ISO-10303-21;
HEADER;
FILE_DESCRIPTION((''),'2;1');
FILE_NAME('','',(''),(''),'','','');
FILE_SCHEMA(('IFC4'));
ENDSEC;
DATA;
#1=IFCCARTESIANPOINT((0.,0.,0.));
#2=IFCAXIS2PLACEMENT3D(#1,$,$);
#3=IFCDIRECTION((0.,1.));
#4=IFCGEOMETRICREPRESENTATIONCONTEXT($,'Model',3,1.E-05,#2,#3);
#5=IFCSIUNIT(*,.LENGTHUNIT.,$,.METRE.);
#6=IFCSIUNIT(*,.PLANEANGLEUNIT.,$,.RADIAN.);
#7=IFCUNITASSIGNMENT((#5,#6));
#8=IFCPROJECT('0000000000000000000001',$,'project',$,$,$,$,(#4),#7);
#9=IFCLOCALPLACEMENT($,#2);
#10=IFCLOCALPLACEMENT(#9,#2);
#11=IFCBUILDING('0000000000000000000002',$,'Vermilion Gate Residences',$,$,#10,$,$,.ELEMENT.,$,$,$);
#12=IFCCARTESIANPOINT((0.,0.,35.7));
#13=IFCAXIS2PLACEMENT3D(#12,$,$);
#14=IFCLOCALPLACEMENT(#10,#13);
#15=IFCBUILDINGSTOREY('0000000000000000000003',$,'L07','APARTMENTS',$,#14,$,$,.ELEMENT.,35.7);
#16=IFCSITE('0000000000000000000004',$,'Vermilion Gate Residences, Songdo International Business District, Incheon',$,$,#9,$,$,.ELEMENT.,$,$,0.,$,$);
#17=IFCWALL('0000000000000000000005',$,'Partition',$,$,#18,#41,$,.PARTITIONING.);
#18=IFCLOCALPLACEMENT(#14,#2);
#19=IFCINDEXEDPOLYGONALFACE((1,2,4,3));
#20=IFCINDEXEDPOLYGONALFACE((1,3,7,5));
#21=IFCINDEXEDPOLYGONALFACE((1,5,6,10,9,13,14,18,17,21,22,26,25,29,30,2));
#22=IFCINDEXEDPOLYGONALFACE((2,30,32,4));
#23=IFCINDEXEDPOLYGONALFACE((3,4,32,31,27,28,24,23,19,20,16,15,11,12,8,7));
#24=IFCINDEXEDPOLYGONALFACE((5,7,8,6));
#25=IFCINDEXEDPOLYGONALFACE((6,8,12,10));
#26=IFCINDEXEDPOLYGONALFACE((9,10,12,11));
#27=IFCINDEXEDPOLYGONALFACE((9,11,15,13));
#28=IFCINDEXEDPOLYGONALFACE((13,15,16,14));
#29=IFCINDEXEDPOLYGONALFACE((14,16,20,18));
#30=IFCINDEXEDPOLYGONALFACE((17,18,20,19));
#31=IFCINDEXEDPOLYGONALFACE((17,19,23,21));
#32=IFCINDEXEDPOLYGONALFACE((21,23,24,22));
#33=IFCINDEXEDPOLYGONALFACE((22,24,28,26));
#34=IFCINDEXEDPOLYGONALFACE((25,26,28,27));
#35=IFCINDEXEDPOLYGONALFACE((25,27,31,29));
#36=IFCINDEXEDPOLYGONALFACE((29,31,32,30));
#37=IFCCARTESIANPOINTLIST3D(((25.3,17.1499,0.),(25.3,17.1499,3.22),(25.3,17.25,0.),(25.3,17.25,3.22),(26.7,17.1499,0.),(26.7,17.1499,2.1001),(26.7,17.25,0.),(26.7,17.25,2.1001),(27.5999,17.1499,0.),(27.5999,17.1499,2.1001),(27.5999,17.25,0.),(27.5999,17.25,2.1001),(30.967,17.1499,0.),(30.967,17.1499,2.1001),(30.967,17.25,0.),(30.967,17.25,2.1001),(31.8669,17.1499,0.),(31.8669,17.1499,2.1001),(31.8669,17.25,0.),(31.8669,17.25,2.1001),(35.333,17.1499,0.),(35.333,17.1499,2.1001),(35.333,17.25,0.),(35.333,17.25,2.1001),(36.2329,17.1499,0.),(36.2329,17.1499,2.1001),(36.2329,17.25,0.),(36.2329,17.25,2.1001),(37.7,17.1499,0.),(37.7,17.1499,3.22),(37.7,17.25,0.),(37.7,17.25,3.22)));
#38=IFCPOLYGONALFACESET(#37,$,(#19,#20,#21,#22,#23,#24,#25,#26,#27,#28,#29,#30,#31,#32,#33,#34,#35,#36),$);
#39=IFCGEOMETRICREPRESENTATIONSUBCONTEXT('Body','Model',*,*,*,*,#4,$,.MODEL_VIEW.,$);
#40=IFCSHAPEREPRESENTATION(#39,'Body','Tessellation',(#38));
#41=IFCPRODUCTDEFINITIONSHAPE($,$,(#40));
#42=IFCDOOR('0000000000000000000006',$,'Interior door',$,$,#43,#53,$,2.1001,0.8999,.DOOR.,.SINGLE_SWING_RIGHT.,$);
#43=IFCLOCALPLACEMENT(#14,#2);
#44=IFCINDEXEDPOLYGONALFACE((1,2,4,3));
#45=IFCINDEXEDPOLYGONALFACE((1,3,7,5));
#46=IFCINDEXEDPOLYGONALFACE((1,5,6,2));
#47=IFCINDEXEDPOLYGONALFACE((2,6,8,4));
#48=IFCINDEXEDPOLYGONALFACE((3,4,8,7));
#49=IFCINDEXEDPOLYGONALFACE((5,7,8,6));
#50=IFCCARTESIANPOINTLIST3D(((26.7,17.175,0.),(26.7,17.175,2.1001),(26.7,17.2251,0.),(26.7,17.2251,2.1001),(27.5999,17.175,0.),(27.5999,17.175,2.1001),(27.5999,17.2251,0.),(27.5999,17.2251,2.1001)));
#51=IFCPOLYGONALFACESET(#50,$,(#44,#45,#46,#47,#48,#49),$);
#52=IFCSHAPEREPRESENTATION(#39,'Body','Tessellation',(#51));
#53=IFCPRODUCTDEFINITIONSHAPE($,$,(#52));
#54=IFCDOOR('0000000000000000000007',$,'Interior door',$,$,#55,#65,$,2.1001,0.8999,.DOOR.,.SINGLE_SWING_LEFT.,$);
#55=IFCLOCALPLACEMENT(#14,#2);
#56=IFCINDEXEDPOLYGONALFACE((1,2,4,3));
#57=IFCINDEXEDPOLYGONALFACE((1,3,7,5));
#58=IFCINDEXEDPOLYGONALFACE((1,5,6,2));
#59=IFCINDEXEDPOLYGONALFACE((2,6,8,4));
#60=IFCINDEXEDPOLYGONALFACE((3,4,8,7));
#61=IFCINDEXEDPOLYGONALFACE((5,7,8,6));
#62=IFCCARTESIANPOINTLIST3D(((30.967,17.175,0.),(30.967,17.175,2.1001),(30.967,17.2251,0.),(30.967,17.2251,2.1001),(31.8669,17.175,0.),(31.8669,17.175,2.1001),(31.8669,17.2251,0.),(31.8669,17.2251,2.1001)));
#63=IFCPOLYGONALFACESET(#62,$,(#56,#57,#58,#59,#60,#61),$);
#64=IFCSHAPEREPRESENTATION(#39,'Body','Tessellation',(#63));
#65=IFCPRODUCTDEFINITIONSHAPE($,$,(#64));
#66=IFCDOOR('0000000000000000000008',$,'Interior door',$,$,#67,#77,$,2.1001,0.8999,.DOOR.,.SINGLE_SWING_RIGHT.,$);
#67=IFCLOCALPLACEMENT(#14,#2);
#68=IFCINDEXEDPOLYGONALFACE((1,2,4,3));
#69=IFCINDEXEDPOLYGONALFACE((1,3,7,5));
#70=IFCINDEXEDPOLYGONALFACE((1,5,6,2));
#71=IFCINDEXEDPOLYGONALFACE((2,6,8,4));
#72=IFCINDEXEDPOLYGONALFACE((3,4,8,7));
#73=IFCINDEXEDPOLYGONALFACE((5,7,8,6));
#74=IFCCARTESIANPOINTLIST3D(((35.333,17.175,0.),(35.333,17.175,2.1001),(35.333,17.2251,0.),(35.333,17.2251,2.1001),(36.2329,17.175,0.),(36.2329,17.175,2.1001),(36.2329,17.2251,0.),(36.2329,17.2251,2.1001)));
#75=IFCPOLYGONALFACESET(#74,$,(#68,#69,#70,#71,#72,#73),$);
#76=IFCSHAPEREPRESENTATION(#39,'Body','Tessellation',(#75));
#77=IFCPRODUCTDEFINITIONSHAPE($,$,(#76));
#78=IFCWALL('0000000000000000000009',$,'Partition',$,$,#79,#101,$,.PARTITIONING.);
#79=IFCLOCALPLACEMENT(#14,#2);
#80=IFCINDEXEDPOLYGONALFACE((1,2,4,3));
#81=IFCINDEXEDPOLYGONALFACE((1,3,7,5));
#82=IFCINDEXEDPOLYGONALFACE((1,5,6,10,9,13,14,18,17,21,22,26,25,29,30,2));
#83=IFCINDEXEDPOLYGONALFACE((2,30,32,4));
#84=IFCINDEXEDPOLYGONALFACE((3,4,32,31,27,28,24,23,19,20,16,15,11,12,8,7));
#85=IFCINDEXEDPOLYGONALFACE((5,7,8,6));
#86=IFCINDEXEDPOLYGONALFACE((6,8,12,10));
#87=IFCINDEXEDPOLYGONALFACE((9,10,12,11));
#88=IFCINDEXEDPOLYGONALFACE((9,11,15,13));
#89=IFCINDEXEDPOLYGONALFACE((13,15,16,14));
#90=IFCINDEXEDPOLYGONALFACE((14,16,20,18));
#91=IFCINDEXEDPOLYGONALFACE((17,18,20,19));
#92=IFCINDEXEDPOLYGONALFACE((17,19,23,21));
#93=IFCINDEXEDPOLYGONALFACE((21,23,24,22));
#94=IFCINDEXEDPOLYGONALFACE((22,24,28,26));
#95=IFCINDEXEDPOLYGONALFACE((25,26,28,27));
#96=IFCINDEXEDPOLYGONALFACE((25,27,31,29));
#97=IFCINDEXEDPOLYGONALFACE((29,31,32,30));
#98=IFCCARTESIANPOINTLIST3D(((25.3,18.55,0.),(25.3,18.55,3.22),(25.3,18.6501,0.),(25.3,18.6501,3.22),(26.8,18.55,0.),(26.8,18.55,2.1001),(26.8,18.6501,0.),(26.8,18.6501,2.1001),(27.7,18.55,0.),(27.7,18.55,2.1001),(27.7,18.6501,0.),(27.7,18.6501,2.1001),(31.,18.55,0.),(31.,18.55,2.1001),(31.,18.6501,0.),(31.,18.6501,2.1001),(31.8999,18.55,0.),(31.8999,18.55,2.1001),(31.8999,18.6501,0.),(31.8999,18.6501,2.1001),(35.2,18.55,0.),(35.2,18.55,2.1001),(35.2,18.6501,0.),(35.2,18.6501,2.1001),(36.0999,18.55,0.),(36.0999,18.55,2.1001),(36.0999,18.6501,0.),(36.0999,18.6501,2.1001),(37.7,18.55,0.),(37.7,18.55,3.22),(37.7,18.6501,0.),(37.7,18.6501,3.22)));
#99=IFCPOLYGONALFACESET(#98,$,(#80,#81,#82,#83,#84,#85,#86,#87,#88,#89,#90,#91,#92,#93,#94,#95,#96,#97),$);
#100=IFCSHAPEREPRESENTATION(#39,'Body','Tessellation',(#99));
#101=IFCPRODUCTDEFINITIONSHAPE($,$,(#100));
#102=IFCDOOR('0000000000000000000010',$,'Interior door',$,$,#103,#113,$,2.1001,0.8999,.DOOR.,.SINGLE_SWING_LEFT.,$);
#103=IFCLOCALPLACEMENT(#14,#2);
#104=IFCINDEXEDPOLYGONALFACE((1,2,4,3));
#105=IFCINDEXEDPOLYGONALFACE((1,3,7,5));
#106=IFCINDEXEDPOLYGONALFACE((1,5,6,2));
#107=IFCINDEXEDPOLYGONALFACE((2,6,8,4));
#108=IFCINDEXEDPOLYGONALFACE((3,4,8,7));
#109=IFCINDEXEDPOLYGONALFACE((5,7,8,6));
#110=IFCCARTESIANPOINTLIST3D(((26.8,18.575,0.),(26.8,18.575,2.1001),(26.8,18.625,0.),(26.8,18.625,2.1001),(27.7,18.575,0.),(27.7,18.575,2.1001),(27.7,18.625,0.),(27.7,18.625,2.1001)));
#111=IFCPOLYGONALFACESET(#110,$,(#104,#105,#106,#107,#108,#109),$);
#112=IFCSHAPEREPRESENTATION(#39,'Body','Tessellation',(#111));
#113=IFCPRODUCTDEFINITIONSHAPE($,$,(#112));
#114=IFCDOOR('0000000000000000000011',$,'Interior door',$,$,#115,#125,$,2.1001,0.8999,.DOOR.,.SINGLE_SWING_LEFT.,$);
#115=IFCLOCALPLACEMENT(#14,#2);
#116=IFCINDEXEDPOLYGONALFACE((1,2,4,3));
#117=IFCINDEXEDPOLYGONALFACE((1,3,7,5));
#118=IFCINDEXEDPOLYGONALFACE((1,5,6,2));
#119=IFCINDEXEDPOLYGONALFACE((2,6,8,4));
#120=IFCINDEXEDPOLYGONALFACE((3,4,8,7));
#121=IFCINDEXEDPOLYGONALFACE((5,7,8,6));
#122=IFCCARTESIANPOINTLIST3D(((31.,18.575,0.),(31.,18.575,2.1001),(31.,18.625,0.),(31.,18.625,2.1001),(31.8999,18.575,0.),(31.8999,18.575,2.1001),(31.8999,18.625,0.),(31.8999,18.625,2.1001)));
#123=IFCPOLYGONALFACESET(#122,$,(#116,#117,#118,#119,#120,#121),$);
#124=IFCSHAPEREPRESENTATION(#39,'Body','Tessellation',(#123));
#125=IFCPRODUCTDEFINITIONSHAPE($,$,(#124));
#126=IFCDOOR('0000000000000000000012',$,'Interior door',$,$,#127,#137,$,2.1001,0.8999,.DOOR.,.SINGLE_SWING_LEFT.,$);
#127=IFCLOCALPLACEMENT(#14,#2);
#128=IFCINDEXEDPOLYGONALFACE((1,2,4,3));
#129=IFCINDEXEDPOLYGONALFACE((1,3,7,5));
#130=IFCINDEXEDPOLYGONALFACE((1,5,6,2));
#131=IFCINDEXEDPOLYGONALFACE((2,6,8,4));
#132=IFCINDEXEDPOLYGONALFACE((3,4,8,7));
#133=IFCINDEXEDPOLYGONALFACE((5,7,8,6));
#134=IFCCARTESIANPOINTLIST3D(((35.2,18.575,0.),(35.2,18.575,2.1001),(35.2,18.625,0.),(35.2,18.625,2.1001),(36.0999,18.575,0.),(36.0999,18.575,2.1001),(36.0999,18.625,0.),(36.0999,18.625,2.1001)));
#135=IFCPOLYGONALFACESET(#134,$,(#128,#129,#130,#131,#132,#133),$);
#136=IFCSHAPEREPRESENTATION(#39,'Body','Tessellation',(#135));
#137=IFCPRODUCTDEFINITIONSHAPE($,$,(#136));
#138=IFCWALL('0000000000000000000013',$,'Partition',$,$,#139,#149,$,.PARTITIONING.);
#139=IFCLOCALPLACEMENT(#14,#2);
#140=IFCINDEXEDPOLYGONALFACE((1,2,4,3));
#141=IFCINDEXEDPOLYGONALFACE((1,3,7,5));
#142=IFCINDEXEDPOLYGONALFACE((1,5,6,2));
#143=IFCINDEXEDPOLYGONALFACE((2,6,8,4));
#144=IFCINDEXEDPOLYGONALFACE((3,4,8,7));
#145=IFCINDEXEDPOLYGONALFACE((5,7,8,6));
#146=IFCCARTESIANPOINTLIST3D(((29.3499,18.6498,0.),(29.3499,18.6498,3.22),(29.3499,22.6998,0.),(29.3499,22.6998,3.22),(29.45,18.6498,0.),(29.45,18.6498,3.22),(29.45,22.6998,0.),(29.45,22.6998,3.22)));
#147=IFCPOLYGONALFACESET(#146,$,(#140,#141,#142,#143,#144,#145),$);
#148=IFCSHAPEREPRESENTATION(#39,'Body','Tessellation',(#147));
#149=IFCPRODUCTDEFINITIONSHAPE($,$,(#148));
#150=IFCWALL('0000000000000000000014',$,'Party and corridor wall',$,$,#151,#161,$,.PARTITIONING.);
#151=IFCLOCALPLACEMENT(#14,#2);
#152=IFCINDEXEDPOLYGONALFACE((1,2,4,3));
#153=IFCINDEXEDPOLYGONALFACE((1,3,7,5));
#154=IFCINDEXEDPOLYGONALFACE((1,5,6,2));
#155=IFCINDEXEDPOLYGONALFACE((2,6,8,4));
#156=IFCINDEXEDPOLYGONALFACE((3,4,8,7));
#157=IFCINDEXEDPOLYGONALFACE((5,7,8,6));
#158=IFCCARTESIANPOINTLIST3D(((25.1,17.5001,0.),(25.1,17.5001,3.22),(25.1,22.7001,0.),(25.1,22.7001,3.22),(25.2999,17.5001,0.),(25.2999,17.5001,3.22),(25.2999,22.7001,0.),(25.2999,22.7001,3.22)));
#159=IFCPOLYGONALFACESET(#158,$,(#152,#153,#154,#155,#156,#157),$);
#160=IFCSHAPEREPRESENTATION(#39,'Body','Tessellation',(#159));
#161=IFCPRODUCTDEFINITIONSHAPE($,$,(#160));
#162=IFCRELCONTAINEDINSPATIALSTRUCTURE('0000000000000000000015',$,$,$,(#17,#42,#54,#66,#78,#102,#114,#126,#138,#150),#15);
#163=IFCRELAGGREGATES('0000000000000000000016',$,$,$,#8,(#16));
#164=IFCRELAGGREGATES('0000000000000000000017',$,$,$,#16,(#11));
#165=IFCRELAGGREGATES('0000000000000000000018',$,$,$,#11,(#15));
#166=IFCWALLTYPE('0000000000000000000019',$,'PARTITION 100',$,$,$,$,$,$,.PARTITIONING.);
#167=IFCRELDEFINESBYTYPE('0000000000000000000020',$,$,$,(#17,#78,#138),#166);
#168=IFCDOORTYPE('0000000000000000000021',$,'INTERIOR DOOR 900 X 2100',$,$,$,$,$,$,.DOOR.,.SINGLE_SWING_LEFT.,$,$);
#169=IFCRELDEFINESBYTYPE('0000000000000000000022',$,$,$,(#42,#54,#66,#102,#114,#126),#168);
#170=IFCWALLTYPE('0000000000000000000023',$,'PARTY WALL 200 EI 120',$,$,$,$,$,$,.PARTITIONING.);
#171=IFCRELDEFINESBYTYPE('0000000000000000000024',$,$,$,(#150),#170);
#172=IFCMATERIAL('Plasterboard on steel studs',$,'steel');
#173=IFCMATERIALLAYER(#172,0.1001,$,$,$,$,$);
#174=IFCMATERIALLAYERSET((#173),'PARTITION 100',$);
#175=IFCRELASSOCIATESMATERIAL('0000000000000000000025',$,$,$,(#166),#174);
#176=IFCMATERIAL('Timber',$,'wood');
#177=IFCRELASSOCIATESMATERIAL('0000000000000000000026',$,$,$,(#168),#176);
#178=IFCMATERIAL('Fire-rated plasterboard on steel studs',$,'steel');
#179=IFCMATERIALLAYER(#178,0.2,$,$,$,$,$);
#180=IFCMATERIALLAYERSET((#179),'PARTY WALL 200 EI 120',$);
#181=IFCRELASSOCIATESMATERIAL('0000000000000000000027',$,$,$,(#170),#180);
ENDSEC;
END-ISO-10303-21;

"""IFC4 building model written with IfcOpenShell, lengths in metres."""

from ifc_helpers import new_model, si_unit, direction, frame, frame_2d, origin, place, context, subcontext, project, spatial, rectangle, extrude, material, layer, layer_set, type_object, element, fill, save


model = new_model("IFC4")

# Units and contexts
model_context = context("Model", 3, precision=1e-05, world=origin(), true_north=direction((0.0, 1.0)))
body_context = subcontext(model_context, "Body", "Model", "MODEL_VIEW")
ifc_project = project(units=[si_unit("LENGTHUNIT", "METRE"), si_unit("PLANEANGLEUNIT", "RADIAN")], contexts=[model_context])

# Site, building, storey
site_placement = place(None, origin())
site = spatial("IfcSite", under=ifc_project, at=site_placement, Name="Vermilion Gate Residences, Songdo International Business District, Incheon", CompositionType="ELEMENT", RefElevation=0.0)
building_placement = place(site_placement, origin())
building = spatial("IfcBuilding", under=site, at=building_placement, Name="Vermilion Gate Residences", CompositionType="ELEMENT")
storey_placement = place(building_placement, frame((0.0, 0.0, 35.7)))
storey = spatial("IfcBuildingStorey", under=building, at=storey_placement, Name="L07", Description="APARTMENTS", CompositionType="ELEMENT", Elevation=35.7)

# Walls, openings, doors
ifc_material_1 = material(Name="Plasterboard on steel studs", Category="steel")
ifc_layer_1 = layer(ifc_material_1, 0.1001)
ifc_layer_set_1 = layer_set([ifc_layer_1], Name="PARTITION 100")
wall_type_1 = type_object("IfcWallType", Name="PARTITION 100", PredefinedType="PARTITIONING", material=ifc_layer_set_1)
wall_1_placement = place(storey_placement, frame((25.3, 17.2, 0.0), z_axis=(0.0, 0.0, 1.0), x_axis=(1.0, 0.0, 0.0)))
wall_1 = element("IfcWall", 1, at=wall_1_placement, inside=storey, type_object=wall_type_1, Name="Partition", PredefinedType="PARTITIONING", context=body_context, shape_type="SweptSolid", body=[
    extrude(rectangle(XDim=12.3999, YDim=0.1001, at=frame_2d((6.2, 0.0))), origin(), (0.0, 0.0, 1.0), 3.22),
])
opening_1_placement = place(wall_1_placement, frame((1.3999, 0.0, 0.0)))
opening_1 = element("IfcOpeningElement", 2, at=opening_1_placement, cuts=wall_1, PredefinedType="OPENING", context=body_context, shape_type="SweptSolid", body=[
    extrude(rectangle(XDim=0.8999, YDim=2.1001, at=frame_2d((0.45, 1.05))), frame((0.0, 0.0601, 0.0), z_axis=(0.0, -1.0, 0.0), x_axis=(1.0, 0.0, 0.0)), (0.0, 0.0, 1.0), 0.1201),
])
opening_2_placement = place(wall_1_placement, frame((5.667, 0.0, 0.0)))
opening_2 = element("IfcOpeningElement", 3, at=opening_2_placement, cuts=wall_1, PredefinedType="OPENING", context=body_context, shape_type="SweptSolid", body=[
    extrude(rectangle(XDim=0.8999, YDim=2.1001, at=frame_2d((0.45, 1.05))), frame((0.0, 0.0601, 0.0), z_axis=(0.0, -1.0, 0.0), x_axis=(1.0, 0.0, 0.0)), (0.0, 0.0, 1.0), 0.1201),
])
opening_3_placement = place(wall_1_placement, frame((10.033, 0.0, 0.0)))
opening_3 = element("IfcOpeningElement", 4, at=opening_3_placement, cuts=wall_1, PredefinedType="OPENING", context=body_context, shape_type="SweptSolid", body=[
    extrude(rectangle(XDim=0.8999, YDim=2.1001, at=frame_2d((0.45, 1.05))), frame((0.0, 0.0601, 0.0), z_axis=(0.0, -1.0, 0.0), x_axis=(1.0, 0.0, 0.0)), (0.0, 0.0, 1.0), 0.1201),
])
ifc_material_2 = material(Name="Timber", Category="wood")
door_type_1 = type_object("IfcDoorType", Name="INTERIOR DOOR 900 X 2100", OperationType="SINGLE_SWING_LEFT", PredefinedType="DOOR", material=ifc_material_2)
door_1_placement = place(opening_1_placement, frame((0.8999, 0.0, 0.0), z_axis=(0.0, 0.0, 1.0), x_axis=(-1.0, 0.0, 0.0)))
door_1 = element("IfcDoor", 5, at=door_1_placement, inside=storey, type_object=door_type_1, Name="Interior door", OperationType="SINGLE_SWING_RIGHT", OverallHeight=2.1001, OverallWidth=0.8999, PredefinedType="DOOR", context=body_context, shape_type="SweptSolid", body=[
    extrude(rectangle(XDim=0.8999, YDim=2.1001, at=frame_2d((0.45, 1.05))), frame((0.0, 0.0249, 0.0), z_axis=(0.0, -1.0, 0.0), x_axis=(1.0, 0.0, 0.0)), (0.0, 0.0, 1.0), 0.05),
])
fill(opening_1, door_1)
door_2_placement = place(opening_2_placement, frame((0.8999, 0.0, 0.0), z_axis=(0.0, 0.0, 1.0), x_axis=(-1.0, 0.0, 0.0)))
door_2 = element("IfcDoor", 6, at=door_2_placement, inside=storey, type_object=door_type_1, Name="Interior door", OperationType="SINGLE_SWING_LEFT", OverallHeight=2.1001, OverallWidth=0.8999, PredefinedType="DOOR", context=body_context, shape_type="SweptSolid", body=[
    extrude(rectangle(XDim=0.8999, YDim=2.1001, at=frame_2d((0.45, 1.05))), frame((0.0, 0.0249, 0.0), z_axis=(0.0, -1.0, 0.0), x_axis=(1.0, 0.0, 0.0)), (0.0, 0.0, 1.0), 0.05),
])
fill(opening_2, door_2)
door_3_placement = place(opening_3_placement, frame((0.8999, 0.0, 0.0), z_axis=(0.0, 0.0, 1.0), x_axis=(-1.0, 0.0, 0.0)))
door_3 = element("IfcDoor", 7, at=door_3_placement, inside=storey, type_object=door_type_1, Name="Interior door", OperationType="SINGLE_SWING_RIGHT", OverallHeight=2.1001, OverallWidth=0.8999, PredefinedType="DOOR", context=body_context, shape_type="SweptSolid", body=[
    extrude(rectangle(XDim=0.8999, YDim=2.1001, at=frame_2d((0.45, 1.05))), frame((0.0, 0.0249, 0.0), z_axis=(0.0, -1.0, 0.0), x_axis=(1.0, 0.0, 0.0)), (0.0, 0.0, 1.0), 0.05),
])
fill(opening_3, door_3)
wall_2_placement = place(storey_placement, frame((25.3, 18.6001, 0.0), z_axis=(0.0, 0.0, 1.0), x_axis=(1.0, 0.0, 0.0)))
wall_2 = element("IfcWall", 8, at=wall_2_placement, inside=storey, type_object=wall_type_1, Name="Partition", PredefinedType="PARTITIONING", context=body_context, shape_type="SweptSolid", body=[
    extrude(rectangle(XDim=12.3999, YDim=0.1001, at=frame_2d((6.2, 0.0))), origin(), (0.0, 0.0, 1.0), 3.22),
])
opening_4_placement = place(wall_2_placement, frame((1.5, 0.0, 0.0)))
opening_4 = element("IfcOpeningElement", 9, at=opening_4_placement, cuts=wall_2, PredefinedType="OPENING", context=body_context, shape_type="SweptSolid", body=[
    extrude(rectangle(XDim=0.8999, YDim=2.1001, at=frame_2d((0.45, 1.05))), frame((0.0, 0.0601, 0.0), z_axis=(0.0, -1.0, 0.0), x_axis=(1.0, 0.0, 0.0)), (0.0, 0.0, 1.0), 0.1201),
])
opening_5_placement = place(wall_2_placement, frame((5.7, 0.0, 0.0)))
opening_5 = element("IfcOpeningElement", 10, at=opening_5_placement, cuts=wall_2, PredefinedType="OPENING", context=body_context, shape_type="SweptSolid", body=[
    extrude(rectangle(XDim=0.8999, YDim=2.1001, at=frame_2d((0.45, 1.05))), frame((0.0, 0.0601, 0.0), z_axis=(0.0, -1.0, 0.0), x_axis=(1.0, 0.0, 0.0)), (0.0, 0.0, 1.0), 0.1201),
])
opening_6_placement = place(wall_2_placement, frame((9.8999, 0.0, 0.0)))
opening_6 = element("IfcOpeningElement", 11, at=opening_6_placement, cuts=wall_2, PredefinedType="OPENING", context=body_context, shape_type="SweptSolid", body=[
    extrude(rectangle(XDim=0.8999, YDim=2.1001, at=frame_2d((0.45, 1.05))), frame((0.0, 0.0601, 0.0), z_axis=(0.0, -1.0, 0.0), x_axis=(1.0, 0.0, 0.0)), (0.0, 0.0, 1.0), 0.1201),
])
door_4_placement = place(opening_4_placement, origin())
door_4 = element("IfcDoor", 12, at=door_4_placement, inside=storey, type_object=door_type_1, Name="Interior door", OperationType="SINGLE_SWING_LEFT", OverallHeight=2.1001, OverallWidth=0.8999, PredefinedType="DOOR", context=body_context, shape_type="SweptSolid", body=[
    extrude(rectangle(XDim=0.8999, YDim=2.1001, at=frame_2d((0.45, 1.05))), frame((0.0, 0.0249, 0.0), z_axis=(0.0, -1.0, 0.0), x_axis=(1.0, 0.0, 0.0)), (0.0, 0.0, 1.0), 0.05),
])
fill(opening_4, door_4)
door_5_placement = place(opening_5_placement, origin())
door_5 = element("IfcDoor", 13, at=door_5_placement, inside=storey, type_object=door_type_1, Name="Interior door", OperationType="SINGLE_SWING_LEFT", OverallHeight=2.1001, OverallWidth=0.8999, PredefinedType="DOOR", context=body_context, shape_type="SweptSolid", body=[
    extrude(rectangle(XDim=0.8999, YDim=2.1001, at=frame_2d((0.45, 1.05))), frame((0.0, 0.0249, 0.0), z_axis=(0.0, -1.0, 0.0), x_axis=(1.0, 0.0, 0.0)), (0.0, 0.0, 1.0), 0.05),
])
fill(opening_5, door_5)
door_6_placement = place(opening_6_placement, origin())
door_6 = element("IfcDoor", 14, at=door_6_placement, inside=storey, type_object=door_type_1, Name="Interior door", OperationType="SINGLE_SWING_LEFT", OverallHeight=2.1001, OverallWidth=0.8999, PredefinedType="DOOR", context=body_context, shape_type="SweptSolid", body=[
    extrude(rectangle(XDim=0.8999, YDim=2.1001, at=frame_2d((0.45, 1.05))), frame((0.0, 0.0249, 0.0), z_axis=(0.0, -1.0, 0.0), x_axis=(1.0, 0.0, 0.0)), (0.0, 0.0, 1.0), 0.05),
])
fill(opening_6, door_6)

# Walls
wall_3_placement = place(storey_placement, frame((29.3999, 18.6499, 0.0), z_axis=(0.0, 0.0, 1.0), x_axis=(0.0, 1.0, 0.0)))
element("IfcWall", 15, at=wall_3_placement, inside=storey, type_object=wall_type_1, Name="Partition", PredefinedType="PARTITIONING", context=body_context, shape_type="SweptSolid", body=[
    extrude(rectangle(XDim=4.05, YDim=0.1001, at=frame_2d((2.0249, 0.0))), origin(), (0.0, 0.0, 1.0), 3.22),
])
ifc_material_3 = material(Name="Fire-rated plasterboard on steel studs", Category="steel")
ifc_layer_2 = layer(ifc_material_3, 0.2)
ifc_layer_set_2 = layer_set([ifc_layer_2], Name="PARTY WALL 200 EI 120")
wall_type_2 = type_object("IfcWallType", Name="PARTY WALL 200 EI 120", PredefinedType="PARTITIONING", material=ifc_layer_set_2)
wall_4_placement = place(storey_placement, frame((25.2, 17.5, 0.0), z_axis=(0.0, 0.0, 1.0), x_axis=(0.0, 1.0, 0.0)))
element("IfcWall", 16, at=wall_4_placement, inside=storey, type_object=wall_type_2, Name="Party and corridor wall", PredefinedType="PARTITIONING", context=body_context, shape_type="SweptSolid", body=[
    extrude(rectangle(XDim=5.2, YDim=0.2, at=frame_2d((2.6001, 0.0))), origin(), (0.0, 0.0, 1.0), 3.22),
])

save(model, "model.ifc")
